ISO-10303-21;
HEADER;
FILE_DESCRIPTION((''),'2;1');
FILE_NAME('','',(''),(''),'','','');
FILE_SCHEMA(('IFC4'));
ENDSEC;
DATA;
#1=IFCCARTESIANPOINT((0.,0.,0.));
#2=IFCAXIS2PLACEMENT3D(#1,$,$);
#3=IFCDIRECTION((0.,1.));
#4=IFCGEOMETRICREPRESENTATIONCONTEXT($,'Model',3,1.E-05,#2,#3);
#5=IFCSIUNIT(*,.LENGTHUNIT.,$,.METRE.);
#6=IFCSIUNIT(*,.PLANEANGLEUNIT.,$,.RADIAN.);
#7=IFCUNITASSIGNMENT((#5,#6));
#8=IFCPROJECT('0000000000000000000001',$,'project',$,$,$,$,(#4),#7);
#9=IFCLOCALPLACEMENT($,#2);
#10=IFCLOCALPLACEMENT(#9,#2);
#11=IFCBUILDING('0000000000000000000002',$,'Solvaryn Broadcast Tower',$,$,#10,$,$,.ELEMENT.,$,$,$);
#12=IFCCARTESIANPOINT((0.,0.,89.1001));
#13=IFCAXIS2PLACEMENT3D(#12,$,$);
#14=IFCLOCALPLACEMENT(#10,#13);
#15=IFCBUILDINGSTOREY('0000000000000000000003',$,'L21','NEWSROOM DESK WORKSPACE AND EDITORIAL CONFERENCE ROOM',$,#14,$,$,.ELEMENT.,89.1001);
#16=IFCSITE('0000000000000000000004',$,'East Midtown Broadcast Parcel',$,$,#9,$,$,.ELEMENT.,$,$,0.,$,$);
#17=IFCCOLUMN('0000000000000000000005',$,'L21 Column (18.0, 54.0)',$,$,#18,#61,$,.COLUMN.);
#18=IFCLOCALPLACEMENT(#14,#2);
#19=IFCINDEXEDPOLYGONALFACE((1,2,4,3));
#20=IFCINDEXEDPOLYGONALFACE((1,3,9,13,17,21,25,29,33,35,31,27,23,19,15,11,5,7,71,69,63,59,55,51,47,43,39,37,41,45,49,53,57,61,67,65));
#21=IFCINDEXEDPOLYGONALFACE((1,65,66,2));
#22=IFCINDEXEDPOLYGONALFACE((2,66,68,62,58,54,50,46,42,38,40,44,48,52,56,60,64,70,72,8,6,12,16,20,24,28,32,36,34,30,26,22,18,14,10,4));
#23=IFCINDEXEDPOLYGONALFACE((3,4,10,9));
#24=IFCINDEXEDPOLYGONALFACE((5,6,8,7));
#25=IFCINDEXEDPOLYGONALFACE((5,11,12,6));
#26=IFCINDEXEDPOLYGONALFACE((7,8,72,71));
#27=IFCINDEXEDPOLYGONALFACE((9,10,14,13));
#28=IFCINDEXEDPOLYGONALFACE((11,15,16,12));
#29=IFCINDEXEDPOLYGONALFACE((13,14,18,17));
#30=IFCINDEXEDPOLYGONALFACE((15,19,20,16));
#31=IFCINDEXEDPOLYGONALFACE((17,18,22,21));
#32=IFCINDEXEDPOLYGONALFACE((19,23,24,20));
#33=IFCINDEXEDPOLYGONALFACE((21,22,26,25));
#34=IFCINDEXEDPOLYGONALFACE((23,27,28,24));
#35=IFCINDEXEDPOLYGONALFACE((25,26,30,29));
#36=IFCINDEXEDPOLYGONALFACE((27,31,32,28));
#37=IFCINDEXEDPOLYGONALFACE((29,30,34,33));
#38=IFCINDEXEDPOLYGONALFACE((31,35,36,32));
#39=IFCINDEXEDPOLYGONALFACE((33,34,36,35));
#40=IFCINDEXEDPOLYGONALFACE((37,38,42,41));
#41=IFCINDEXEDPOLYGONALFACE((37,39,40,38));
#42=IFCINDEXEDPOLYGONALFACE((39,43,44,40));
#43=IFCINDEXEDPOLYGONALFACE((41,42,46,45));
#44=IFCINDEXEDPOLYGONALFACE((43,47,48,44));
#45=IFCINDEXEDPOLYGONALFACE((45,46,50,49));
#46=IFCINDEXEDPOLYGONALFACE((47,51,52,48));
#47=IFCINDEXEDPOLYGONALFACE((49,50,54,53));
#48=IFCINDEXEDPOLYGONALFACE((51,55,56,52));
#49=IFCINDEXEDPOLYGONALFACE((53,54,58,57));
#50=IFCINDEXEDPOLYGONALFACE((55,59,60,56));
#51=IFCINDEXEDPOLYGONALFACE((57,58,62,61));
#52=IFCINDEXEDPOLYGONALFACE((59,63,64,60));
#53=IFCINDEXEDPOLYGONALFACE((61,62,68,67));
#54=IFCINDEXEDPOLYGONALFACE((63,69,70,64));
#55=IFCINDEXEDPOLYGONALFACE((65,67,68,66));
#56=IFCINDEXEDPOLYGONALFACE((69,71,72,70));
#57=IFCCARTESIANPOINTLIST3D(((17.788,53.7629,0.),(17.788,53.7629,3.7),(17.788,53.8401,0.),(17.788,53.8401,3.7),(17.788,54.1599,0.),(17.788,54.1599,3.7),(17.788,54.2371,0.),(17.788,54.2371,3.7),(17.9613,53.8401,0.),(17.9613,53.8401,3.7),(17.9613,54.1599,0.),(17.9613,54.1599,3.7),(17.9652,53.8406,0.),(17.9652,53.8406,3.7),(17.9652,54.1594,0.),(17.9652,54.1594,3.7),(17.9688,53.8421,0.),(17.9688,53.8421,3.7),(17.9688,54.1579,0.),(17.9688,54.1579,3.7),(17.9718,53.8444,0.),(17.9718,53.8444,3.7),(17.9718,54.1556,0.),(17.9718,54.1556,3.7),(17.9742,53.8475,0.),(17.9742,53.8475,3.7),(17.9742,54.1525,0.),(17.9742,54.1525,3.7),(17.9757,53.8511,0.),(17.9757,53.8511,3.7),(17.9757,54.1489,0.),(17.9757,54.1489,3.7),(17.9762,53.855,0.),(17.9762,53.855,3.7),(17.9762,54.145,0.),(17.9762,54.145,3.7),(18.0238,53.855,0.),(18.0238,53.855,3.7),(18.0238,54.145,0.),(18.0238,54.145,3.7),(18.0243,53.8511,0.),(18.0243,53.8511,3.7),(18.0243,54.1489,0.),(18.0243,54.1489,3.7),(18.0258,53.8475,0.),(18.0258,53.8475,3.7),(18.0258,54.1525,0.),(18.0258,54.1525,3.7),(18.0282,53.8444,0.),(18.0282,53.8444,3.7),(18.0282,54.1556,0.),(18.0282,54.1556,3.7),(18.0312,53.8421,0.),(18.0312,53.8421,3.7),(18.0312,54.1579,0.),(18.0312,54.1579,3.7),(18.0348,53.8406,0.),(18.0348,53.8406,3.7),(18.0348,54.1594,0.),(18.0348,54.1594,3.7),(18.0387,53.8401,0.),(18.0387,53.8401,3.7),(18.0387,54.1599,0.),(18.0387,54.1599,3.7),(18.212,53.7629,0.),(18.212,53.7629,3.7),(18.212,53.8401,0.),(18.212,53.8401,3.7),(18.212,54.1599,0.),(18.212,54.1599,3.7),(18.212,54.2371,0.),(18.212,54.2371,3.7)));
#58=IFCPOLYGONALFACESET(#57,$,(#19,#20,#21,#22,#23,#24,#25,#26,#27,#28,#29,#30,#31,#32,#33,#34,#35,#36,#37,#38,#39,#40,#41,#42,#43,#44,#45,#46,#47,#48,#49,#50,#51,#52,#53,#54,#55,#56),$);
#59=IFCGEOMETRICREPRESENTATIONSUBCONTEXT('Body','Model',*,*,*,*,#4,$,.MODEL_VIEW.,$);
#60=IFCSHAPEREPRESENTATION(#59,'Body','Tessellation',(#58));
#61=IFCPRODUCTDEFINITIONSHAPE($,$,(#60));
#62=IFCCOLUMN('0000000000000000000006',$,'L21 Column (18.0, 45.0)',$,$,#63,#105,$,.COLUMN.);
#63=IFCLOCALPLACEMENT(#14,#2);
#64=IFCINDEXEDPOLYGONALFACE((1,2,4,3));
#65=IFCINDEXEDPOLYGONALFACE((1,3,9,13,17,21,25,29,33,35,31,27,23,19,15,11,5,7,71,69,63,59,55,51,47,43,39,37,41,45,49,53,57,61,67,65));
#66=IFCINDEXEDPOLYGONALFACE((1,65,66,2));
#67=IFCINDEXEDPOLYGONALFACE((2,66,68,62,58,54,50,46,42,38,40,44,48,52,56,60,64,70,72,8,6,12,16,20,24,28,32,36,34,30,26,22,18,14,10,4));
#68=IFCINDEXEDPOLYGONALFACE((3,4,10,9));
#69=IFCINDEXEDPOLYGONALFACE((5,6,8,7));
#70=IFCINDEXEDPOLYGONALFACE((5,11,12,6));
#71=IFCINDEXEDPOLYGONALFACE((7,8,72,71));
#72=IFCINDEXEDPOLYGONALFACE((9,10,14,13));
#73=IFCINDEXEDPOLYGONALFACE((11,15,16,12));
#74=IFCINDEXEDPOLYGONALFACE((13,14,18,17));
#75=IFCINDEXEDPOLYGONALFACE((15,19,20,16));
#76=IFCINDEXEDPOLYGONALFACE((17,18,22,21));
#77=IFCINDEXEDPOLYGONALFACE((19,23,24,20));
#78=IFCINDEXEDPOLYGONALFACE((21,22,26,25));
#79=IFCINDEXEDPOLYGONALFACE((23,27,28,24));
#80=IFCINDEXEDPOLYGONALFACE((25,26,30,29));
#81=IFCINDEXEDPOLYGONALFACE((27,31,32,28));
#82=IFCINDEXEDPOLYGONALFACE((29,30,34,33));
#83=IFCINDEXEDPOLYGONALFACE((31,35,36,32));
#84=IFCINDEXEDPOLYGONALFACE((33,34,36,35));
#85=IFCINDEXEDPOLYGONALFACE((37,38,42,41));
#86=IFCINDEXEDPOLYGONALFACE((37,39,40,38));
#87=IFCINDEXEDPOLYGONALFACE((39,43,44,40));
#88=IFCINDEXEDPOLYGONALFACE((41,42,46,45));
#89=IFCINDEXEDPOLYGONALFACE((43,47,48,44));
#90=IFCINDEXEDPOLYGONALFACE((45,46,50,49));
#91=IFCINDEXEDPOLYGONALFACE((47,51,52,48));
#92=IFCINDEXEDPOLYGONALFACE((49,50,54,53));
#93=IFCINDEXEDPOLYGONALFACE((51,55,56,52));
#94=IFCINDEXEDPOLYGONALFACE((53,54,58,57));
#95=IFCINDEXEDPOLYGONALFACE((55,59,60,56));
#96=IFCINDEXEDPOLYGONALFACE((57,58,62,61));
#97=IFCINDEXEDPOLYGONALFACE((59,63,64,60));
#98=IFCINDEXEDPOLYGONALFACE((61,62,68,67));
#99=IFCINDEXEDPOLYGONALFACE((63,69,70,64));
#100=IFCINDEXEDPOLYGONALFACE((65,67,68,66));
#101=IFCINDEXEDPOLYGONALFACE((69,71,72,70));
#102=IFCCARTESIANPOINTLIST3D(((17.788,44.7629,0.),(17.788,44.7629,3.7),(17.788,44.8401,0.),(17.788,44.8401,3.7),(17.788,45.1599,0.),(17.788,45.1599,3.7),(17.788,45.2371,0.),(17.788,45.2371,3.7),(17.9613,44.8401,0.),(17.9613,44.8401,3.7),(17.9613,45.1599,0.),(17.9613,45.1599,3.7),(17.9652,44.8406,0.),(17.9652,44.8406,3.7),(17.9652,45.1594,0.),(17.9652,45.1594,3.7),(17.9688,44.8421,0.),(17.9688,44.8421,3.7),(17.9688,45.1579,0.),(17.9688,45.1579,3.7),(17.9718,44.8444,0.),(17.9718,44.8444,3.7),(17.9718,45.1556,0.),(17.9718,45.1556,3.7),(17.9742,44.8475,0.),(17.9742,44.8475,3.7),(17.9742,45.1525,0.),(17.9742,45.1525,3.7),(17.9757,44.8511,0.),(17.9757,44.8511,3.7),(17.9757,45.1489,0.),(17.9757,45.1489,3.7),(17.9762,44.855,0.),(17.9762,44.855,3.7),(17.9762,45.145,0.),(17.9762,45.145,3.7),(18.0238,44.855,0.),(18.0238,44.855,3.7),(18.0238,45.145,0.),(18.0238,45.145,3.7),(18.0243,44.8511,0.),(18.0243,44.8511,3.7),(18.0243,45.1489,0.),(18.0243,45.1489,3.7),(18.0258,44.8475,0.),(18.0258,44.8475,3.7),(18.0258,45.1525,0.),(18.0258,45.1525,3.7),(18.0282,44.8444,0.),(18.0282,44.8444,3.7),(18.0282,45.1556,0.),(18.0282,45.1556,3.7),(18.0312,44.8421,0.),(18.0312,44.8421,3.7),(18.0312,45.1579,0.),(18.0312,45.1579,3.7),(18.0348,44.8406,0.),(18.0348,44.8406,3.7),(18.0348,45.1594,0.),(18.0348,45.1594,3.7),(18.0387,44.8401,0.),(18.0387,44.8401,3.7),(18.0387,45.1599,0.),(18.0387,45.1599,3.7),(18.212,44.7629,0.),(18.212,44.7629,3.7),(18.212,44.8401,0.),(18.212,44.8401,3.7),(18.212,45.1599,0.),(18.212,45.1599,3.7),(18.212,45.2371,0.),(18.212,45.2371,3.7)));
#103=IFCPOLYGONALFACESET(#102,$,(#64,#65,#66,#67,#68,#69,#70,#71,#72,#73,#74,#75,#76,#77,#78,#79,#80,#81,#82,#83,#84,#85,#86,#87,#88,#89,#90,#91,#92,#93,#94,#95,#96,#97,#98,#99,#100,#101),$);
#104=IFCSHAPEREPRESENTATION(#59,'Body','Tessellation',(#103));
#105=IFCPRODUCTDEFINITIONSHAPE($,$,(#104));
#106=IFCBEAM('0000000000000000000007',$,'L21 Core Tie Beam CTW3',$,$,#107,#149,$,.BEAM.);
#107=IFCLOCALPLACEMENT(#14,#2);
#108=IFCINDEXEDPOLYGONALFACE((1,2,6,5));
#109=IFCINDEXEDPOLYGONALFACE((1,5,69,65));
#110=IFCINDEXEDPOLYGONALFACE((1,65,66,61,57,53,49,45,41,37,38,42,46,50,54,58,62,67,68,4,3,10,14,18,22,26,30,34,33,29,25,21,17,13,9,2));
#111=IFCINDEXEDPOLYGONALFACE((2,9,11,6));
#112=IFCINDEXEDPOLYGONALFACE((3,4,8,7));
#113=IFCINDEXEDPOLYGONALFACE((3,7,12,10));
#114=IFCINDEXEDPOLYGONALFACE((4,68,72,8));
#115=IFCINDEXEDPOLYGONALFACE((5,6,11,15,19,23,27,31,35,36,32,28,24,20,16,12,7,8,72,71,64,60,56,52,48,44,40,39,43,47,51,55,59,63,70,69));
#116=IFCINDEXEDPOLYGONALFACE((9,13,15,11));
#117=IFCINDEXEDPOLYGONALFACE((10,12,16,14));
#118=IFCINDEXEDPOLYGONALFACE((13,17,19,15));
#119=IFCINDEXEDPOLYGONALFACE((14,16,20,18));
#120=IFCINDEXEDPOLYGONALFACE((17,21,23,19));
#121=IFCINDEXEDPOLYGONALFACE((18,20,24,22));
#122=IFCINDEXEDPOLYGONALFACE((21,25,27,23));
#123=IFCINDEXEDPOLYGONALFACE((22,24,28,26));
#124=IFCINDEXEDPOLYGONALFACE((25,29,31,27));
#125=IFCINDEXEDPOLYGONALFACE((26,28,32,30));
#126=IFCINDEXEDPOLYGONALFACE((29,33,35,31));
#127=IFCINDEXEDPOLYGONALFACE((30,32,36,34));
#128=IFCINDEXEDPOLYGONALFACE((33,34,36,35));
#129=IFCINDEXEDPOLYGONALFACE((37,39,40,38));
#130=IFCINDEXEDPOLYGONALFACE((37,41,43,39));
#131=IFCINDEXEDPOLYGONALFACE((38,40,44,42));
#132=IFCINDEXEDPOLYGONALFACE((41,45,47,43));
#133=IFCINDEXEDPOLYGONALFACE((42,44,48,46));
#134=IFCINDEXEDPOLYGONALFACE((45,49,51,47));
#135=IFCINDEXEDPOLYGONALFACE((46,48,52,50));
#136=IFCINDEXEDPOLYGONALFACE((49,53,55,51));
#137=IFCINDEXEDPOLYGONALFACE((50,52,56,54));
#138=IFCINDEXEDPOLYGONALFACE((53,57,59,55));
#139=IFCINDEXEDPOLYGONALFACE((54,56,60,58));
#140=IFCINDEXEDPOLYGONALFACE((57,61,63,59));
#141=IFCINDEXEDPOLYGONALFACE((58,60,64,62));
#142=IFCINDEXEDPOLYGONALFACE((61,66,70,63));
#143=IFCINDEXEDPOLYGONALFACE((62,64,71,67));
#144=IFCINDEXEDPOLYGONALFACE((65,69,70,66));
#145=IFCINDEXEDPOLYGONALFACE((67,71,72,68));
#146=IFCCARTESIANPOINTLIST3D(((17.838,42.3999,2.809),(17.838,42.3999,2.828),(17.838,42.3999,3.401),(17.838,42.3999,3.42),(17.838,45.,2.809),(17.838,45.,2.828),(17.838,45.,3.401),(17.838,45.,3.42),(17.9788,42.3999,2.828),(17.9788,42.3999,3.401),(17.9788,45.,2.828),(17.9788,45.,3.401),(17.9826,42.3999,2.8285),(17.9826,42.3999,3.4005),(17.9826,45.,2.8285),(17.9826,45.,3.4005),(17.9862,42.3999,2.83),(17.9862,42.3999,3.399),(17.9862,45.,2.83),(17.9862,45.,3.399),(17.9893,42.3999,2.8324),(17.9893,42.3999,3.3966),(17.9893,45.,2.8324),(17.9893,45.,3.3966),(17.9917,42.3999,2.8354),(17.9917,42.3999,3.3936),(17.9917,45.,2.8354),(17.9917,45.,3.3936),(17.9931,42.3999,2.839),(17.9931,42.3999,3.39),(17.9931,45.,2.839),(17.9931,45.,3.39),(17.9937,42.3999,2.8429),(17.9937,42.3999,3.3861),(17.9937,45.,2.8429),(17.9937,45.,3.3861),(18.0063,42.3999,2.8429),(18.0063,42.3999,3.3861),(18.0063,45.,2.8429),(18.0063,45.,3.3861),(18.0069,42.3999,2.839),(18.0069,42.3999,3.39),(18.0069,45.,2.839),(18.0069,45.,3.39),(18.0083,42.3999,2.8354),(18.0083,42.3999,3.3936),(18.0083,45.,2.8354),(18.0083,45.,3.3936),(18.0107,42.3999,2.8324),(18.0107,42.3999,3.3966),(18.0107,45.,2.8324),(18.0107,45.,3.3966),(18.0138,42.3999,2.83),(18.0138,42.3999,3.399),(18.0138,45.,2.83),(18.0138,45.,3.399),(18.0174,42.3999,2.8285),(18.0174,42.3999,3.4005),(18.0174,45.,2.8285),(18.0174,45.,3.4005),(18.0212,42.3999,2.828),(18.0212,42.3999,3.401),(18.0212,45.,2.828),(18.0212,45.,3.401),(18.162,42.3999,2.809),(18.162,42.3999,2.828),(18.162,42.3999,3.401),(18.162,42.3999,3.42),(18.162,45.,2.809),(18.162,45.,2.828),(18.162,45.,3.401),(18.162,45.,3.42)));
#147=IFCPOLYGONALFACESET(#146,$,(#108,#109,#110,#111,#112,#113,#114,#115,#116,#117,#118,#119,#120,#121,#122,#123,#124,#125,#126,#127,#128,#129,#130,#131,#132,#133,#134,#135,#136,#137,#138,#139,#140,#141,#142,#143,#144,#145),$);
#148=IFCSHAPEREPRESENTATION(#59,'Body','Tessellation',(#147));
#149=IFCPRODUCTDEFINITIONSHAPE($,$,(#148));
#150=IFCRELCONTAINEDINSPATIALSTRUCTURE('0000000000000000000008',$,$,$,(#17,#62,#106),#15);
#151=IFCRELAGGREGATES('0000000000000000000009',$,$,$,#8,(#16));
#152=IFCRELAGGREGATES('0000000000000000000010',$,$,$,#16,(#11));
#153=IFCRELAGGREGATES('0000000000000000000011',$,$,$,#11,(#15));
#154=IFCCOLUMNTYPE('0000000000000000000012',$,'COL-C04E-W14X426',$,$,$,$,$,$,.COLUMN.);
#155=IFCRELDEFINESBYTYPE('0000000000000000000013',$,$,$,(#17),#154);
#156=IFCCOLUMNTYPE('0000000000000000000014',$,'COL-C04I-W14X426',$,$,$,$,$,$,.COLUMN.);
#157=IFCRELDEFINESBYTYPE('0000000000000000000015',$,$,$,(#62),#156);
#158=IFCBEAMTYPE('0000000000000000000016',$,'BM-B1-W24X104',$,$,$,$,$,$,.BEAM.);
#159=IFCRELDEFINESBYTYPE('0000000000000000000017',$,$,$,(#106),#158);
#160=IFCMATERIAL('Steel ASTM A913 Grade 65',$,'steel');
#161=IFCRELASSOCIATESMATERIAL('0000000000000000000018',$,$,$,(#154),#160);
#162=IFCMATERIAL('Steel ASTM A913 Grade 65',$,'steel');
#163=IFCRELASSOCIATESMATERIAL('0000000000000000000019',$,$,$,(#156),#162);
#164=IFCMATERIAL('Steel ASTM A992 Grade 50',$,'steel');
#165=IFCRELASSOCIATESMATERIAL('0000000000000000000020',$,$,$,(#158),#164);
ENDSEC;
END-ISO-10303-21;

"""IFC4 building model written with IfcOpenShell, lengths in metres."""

from ifc_helpers import new_model, si_unit, direction, frame, origin, origin_2d, place, context, subcontext, project, spatial, i_section, extrude, material, material_profile, profile_set, type_object, element, save


model = new_model("IFC4")

# Units and contexts
model_context = context("Model", 3, precision=1e-05, world=origin(), true_north=direction((0.0, 1.0)))
body_context = subcontext(model_context, "Body", "Model", "MODEL_VIEW")
ifc_project = project(units=[si_unit("LENGTHUNIT", "METRE"), si_unit("PLANEANGLEUNIT", "RADIAN")], contexts=[model_context])

# Site, building, storey
site_placement = place(None, origin())
site = spatial("IfcSite", under=ifc_project, at=site_placement, Name="East Midtown Broadcast Parcel", CompositionType="ELEMENT", RefElevation=0.0)
building_placement = place(site_placement, origin())
building = spatial("IfcBuilding", under=site, at=building_placement, Name="Solvaryn Broadcast Tower", CompositionType="ELEMENT")
storey_placement = place(building_placement, frame((0.0, 0.0, 89.1001)))
storey = spatial("IfcBuildingStorey", under=building, at=storey_placement, Name="L21", Description="NEWSROOM DESK WORKSPACE AND EDITORIAL CONFERENCE ROOM", CompositionType="ELEMENT", Elevation=89.1001)

# Columns
ifc_material_1 = material(Name="Steel ASTM A913 Grade 65", Category="steel")
ifc_material_profile_1 = material_profile(ifc_material_1, i_section(OverallWidth=0.4241, OverallDepth=0.4741, WebThickness=0.0476, FlangeThickness=0.0771, FilletRadius=0.0149, at=origin_2d()))
ifc_profile_set_1 = profile_set([ifc_material_profile_1], Name="Steel ASTM A913 Grade 65")
column_type_1 = type_object("IfcColumnType", Name="COL-C04E-W14X426", PredefinedType="COLUMN", material=ifc_profile_set_1)
column_1_placement = place(storey_placement, frame((18.0, 54.0, 0.0), z_axis=(0.0, 0.0, 1.0), x_axis=(1.0, 0.0, 0.0)))
element("IfcColumn", 1, at=column_1_placement, inside=storey, type_object=column_type_1, Name="L21 Column (18.0, 54.0)", PredefinedType="COLUMN", context=body_context, shape_type="SweptSolid", body=[
    extrude(i_section(OverallWidth=0.4241, OverallDepth=0.4741, WebThickness=0.0476, FlangeThickness=0.0771, FilletRadius=0.0149, at=origin_2d()), origin(), (0.0, 0.0, 1.0), 3.7),
])
ifc_material_2 = material(Name="Steel ASTM A913 Grade 65", Category="steel")
ifc_material_profile_2 = material_profile(ifc_material_2, i_section(OverallWidth=0.4241, OverallDepth=0.4741, WebThickness=0.0476, FlangeThickness=0.0771, FilletRadius=0.0149, at=origin_2d()))
ifc_profile_set_2 = profile_set([ifc_material_profile_2], Name="Steel ASTM A913 Grade 65")
column_type_2 = type_object("IfcColumnType", Name="COL-C04I-W14X426", PredefinedType="COLUMN", material=ifc_profile_set_2)
column_2_placement = place(storey_placement, frame((18.0, 45.0, 0.0), z_axis=(0.0, 0.0, 1.0), x_axis=(1.0, 0.0, 0.0)))
element("IfcColumn", 2, at=column_2_placement, inside=storey, type_object=column_type_2, Name="L21 Column (18.0, 45.0)", PredefinedType="COLUMN", context=body_context, shape_type="SweptSolid", body=[
    extrude(i_section(OverallWidth=0.4241, OverallDepth=0.4741, WebThickness=0.0476, FlangeThickness=0.0771, FilletRadius=0.0149, at=origin_2d()), origin(), (0.0, 0.0, 1.0), 3.7),
])

# Beam
ifc_material_3 = material(Name="Steel ASTM A992 Grade 50", Category="steel")
ifc_material_profile_3 = material_profile(ifc_material_3, i_section(OverallWidth=0.324, OverallDepth=0.6111, WebThickness=0.0127, FlangeThickness=0.019, FilletRadius=0.0149, at=origin_2d()))
ifc_profile_set_3 = profile_set([ifc_material_profile_3], Name="Steel ASTM A992 Grade 50")
beam_type_1 = type_object("IfcBeamType", Name="BM-B1-W24X104", PredefinedType="BEAM", material=ifc_profile_set_3)
beam_1_placement = place(storey_placement, frame((18.0, 42.3999, 3.1145), z_axis=(0.0, 1.0, 0.0), x_axis=(-1.0, 0.0, 0.0)))
element("IfcBeam", 3, at=beam_1_placement, inside=storey, type_object=beam_type_1, Name="L21 Core Tie Beam CTW3", PredefinedType="BEAM", context=body_context, shape_type="SweptSolid", body=[
    extrude(i_section(OverallWidth=0.324, OverallDepth=0.6111, WebThickness=0.0127, FlangeThickness=0.019, FilletRadius=0.0149, at=origin_2d()), origin(), (0.0, 0.0, 1.0), 2.6001),
])

save(model, "model.ifc")
